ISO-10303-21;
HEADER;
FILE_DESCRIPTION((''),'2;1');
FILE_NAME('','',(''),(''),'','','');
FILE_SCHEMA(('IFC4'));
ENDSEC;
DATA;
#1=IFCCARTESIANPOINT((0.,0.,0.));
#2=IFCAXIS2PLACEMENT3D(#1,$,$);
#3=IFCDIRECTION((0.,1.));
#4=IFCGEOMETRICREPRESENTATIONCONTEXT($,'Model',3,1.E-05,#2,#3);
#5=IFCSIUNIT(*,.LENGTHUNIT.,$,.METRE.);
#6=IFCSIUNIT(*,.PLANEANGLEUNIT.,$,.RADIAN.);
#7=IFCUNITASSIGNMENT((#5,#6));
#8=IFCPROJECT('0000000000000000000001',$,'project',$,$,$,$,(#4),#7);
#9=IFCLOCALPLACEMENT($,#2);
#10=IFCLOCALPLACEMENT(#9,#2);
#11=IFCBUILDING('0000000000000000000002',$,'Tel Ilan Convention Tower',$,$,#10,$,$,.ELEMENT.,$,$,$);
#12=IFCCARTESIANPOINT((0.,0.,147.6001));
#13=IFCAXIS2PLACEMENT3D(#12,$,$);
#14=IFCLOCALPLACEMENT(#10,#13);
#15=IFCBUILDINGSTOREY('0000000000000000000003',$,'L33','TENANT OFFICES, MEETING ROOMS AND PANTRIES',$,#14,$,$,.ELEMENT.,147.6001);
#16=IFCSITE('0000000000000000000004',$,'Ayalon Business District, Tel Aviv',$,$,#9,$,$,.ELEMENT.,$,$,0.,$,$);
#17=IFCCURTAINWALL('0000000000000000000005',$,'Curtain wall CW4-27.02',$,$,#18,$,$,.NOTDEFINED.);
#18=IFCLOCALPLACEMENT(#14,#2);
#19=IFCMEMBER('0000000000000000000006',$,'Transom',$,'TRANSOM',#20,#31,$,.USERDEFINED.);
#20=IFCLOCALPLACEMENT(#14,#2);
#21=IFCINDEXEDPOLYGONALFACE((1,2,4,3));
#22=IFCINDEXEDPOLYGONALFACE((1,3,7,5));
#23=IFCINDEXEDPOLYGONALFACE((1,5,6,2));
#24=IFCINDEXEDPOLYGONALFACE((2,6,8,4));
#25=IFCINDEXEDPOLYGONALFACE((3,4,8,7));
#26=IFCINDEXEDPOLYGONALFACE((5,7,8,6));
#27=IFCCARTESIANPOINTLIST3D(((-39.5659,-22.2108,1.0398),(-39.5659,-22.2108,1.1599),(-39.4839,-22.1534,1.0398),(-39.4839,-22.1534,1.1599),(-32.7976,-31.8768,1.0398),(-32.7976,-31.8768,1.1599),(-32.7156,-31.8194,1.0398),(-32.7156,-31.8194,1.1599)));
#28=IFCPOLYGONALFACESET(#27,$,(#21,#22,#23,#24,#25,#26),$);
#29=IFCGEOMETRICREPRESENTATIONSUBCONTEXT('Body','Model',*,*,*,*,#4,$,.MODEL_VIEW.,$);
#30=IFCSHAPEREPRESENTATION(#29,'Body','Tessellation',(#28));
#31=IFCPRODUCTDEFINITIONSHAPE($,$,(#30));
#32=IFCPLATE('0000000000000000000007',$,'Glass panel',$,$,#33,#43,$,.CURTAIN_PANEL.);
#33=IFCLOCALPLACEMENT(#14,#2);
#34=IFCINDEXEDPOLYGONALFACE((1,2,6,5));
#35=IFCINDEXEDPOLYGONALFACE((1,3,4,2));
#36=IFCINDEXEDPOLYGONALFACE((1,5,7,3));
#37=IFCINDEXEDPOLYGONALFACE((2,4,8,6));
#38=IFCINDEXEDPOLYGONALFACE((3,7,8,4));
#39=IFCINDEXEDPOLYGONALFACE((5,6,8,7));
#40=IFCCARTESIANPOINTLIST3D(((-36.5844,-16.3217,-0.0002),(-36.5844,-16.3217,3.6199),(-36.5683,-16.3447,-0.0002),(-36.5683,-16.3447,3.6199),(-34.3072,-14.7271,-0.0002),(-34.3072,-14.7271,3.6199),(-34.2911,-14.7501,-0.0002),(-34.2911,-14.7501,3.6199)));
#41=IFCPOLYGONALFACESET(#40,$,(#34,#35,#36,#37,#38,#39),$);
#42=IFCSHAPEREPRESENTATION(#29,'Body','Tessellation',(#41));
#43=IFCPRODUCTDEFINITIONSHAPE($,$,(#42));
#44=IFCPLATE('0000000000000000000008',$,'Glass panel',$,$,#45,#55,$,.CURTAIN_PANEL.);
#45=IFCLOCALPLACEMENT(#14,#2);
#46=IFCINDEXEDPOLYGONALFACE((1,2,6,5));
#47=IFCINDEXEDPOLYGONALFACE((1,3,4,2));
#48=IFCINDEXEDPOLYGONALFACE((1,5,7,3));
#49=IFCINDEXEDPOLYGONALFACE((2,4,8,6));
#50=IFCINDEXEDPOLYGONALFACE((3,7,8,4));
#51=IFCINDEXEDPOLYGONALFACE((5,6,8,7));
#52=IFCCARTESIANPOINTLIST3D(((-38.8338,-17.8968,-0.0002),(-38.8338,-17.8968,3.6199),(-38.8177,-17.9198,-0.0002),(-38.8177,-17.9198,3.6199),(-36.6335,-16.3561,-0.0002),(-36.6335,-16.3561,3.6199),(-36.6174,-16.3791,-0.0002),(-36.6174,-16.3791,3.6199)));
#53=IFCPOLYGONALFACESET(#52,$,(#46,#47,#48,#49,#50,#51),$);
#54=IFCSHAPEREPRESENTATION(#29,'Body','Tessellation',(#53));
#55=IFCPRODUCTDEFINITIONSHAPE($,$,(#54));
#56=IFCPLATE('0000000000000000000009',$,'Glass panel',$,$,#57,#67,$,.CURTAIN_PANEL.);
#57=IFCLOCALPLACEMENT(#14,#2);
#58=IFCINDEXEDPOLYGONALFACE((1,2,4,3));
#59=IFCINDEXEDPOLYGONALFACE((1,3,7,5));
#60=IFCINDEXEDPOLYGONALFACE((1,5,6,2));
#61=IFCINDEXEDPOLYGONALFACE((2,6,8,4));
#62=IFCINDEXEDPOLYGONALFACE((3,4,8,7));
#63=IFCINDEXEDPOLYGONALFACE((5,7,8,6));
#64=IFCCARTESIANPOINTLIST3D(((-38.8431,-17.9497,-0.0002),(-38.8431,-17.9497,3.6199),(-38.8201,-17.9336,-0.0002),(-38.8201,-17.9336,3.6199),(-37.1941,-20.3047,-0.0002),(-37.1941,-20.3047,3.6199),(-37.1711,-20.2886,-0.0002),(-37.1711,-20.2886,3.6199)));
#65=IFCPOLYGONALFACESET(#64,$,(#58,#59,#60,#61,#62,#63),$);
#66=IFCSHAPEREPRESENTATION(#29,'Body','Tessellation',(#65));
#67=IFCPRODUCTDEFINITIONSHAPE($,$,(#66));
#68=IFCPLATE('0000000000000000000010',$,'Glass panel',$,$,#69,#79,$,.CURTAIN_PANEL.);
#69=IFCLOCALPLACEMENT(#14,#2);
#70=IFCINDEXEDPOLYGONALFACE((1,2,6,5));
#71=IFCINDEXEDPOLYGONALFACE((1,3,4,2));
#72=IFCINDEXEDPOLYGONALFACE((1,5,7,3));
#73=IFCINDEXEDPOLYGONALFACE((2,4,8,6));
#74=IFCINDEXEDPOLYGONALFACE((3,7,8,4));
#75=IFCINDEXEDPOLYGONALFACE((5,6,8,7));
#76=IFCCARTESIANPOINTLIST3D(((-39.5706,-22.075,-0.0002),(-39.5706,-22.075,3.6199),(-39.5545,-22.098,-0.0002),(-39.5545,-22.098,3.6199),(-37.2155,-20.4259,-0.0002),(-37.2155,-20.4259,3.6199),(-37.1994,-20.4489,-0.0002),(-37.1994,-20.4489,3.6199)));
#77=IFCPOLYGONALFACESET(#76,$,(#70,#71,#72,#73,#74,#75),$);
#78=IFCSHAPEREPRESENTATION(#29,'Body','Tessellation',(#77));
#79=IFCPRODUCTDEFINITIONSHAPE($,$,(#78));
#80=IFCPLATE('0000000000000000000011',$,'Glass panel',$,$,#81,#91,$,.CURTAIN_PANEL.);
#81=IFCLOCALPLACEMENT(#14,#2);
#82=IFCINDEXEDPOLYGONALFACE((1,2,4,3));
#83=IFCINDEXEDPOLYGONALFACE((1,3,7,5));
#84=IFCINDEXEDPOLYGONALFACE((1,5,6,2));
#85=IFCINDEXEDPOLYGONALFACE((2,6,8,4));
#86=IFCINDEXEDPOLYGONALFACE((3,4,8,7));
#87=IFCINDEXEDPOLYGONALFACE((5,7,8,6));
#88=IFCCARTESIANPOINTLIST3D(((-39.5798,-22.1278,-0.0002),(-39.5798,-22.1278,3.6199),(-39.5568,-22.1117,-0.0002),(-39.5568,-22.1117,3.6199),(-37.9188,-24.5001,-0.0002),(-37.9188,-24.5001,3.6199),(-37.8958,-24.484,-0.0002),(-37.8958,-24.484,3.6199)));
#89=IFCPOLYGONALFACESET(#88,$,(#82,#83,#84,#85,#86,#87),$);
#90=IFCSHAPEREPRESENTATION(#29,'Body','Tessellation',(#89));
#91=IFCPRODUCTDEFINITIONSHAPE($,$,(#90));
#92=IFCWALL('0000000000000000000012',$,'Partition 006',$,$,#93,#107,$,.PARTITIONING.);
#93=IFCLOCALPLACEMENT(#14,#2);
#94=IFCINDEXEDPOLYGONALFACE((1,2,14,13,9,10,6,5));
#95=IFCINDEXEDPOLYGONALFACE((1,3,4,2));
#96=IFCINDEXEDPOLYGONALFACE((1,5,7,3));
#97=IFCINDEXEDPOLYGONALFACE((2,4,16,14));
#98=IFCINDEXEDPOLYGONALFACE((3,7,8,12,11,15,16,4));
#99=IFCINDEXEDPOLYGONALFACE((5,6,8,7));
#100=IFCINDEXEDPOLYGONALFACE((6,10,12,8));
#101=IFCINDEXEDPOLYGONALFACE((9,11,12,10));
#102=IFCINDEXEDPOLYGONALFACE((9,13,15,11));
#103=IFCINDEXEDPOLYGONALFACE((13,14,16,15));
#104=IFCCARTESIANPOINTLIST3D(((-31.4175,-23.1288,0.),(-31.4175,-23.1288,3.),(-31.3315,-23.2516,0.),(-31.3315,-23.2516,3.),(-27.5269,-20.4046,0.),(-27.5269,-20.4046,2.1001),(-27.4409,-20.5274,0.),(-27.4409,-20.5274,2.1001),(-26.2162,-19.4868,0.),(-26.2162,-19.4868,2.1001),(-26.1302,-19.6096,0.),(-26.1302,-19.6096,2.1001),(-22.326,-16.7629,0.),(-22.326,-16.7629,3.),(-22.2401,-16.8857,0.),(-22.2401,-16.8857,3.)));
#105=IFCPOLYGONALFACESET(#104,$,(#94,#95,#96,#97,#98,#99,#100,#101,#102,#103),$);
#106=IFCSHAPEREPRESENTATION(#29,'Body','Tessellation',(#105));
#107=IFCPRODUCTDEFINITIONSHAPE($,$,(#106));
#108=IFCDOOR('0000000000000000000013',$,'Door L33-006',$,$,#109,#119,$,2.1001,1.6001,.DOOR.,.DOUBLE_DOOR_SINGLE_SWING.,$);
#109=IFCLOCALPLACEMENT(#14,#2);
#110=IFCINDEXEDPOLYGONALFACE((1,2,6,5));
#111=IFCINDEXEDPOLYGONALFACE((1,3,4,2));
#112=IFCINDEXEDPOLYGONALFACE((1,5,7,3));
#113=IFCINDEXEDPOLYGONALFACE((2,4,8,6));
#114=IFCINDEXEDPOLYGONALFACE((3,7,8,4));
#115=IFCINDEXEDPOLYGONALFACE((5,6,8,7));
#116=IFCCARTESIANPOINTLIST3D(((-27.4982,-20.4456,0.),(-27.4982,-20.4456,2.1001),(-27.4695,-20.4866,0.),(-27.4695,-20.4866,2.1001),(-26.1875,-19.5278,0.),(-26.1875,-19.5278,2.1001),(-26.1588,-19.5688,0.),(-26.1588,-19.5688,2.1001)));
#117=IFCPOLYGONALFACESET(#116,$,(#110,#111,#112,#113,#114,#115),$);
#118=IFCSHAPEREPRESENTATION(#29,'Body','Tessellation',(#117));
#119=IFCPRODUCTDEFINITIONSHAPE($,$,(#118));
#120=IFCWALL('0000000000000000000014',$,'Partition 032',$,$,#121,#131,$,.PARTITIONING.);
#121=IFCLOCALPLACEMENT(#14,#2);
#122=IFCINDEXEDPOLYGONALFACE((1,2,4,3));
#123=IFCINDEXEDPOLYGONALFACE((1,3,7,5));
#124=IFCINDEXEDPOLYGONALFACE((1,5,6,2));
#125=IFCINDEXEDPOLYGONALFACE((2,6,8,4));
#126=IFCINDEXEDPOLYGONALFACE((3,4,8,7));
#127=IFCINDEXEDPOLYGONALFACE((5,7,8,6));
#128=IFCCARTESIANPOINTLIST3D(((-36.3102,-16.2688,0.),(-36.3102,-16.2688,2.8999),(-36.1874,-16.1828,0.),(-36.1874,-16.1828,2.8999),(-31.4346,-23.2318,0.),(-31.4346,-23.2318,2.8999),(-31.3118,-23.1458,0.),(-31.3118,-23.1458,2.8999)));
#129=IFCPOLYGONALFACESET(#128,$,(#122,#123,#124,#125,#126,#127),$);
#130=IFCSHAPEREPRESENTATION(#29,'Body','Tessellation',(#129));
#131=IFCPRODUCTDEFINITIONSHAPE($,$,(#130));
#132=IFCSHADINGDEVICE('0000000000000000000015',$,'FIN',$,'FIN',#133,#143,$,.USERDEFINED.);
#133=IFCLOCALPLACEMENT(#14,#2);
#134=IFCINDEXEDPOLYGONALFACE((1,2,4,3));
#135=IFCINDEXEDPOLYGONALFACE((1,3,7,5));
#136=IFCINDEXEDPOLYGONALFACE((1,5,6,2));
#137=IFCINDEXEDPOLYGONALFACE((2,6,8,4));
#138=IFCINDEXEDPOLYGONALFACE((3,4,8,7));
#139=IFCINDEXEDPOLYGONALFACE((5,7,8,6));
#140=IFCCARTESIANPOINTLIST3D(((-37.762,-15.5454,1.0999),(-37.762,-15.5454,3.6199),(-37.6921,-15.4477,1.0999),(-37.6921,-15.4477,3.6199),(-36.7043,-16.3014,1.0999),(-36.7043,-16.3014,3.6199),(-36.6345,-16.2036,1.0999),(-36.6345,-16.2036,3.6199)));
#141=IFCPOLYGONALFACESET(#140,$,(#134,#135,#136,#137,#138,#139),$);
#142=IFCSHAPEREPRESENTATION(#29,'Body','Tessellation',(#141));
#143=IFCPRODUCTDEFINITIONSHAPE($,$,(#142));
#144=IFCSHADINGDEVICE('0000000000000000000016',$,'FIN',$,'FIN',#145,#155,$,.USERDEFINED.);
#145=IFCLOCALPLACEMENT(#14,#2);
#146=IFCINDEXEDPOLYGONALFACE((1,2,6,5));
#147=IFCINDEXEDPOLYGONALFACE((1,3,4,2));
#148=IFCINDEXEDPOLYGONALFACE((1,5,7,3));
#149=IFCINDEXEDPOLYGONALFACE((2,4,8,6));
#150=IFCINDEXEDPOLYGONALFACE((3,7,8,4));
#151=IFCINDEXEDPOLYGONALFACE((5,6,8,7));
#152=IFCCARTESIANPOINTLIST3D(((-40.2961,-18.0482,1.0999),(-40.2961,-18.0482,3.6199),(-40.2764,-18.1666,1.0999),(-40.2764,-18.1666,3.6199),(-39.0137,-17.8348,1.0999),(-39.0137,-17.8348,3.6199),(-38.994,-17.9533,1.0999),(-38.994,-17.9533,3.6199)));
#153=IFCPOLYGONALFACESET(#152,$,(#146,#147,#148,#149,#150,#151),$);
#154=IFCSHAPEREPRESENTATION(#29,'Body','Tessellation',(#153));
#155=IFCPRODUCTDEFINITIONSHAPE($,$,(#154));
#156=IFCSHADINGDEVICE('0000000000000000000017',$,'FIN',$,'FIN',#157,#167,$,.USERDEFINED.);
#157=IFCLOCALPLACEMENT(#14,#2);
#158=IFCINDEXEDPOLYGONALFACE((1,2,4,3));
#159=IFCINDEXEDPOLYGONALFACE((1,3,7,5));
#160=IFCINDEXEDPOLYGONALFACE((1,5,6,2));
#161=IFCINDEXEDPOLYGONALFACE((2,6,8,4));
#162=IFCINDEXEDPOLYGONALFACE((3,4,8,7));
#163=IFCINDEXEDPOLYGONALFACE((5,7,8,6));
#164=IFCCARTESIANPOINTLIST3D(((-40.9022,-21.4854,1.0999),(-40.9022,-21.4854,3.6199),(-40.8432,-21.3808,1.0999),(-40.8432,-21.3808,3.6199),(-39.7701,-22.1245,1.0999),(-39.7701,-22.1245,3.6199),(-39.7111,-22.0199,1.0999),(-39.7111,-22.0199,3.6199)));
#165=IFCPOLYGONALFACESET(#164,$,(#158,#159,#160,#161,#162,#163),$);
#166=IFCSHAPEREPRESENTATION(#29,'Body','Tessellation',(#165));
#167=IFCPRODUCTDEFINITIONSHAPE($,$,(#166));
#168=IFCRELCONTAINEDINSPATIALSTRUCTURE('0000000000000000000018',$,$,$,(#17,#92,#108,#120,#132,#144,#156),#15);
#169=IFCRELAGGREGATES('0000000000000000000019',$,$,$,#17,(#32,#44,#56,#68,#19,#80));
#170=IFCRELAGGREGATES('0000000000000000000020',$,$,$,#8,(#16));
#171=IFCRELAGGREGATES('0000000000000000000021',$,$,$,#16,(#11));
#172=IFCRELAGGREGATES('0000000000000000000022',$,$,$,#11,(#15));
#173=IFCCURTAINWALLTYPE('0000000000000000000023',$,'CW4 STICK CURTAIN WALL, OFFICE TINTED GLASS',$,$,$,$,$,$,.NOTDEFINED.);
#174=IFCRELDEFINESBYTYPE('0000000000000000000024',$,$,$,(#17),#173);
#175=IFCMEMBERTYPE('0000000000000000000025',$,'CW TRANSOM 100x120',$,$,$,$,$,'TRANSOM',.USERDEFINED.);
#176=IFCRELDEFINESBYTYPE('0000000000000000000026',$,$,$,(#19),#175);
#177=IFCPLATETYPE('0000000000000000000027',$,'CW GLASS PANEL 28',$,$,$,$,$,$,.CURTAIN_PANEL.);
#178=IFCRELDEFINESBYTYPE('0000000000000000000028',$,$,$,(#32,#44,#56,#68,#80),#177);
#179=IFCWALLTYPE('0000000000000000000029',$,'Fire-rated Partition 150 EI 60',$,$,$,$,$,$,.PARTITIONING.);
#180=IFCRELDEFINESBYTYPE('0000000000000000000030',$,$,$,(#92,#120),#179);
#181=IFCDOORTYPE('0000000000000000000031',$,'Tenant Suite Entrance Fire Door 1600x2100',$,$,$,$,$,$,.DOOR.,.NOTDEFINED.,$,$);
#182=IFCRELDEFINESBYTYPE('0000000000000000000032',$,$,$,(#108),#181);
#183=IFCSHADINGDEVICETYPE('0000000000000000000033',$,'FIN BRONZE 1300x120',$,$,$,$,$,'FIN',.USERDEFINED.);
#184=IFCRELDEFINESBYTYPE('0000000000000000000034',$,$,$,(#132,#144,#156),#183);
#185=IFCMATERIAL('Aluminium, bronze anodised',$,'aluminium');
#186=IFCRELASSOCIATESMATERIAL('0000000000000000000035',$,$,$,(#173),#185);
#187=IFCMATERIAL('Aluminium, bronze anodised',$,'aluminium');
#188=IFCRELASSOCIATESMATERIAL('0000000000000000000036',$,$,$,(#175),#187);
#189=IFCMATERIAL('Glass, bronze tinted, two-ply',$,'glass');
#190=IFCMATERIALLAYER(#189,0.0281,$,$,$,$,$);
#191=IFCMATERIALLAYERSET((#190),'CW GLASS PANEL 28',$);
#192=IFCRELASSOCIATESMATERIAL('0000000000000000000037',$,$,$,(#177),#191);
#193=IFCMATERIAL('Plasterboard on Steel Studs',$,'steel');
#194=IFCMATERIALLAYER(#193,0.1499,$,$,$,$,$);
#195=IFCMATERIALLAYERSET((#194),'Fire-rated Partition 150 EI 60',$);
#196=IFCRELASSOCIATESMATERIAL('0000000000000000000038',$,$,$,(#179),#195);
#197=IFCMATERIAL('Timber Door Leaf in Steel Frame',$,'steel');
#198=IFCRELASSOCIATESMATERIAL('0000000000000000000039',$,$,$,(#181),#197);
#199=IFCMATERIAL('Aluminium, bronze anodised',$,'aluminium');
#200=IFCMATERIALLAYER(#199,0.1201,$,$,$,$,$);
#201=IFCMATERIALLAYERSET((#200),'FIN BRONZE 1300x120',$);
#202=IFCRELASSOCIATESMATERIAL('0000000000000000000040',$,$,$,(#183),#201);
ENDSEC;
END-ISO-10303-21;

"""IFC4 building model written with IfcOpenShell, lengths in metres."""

from ifc_helpers import new_model, si_unit, direction, frame, frame_2d, origin, origin_2d, place, context, subcontext, project, spatial, rectangle, extrude, material, layer, layer_set, material_profile, profile_set, type_object, element, fill, aggregate, save


model = new_model("IFC4")

# Units and contexts
model_context = context("Model", 3, precision=1e-05, world=origin(), true_north=direction((0.0, 1.0)))
body_context = subcontext(model_context, "Body", "Model", "MODEL_VIEW")
ifc_project = project(units=[si_unit("LENGTHUNIT", "METRE"), si_unit("PLANEANGLEUNIT", "RADIAN")], contexts=[model_context])

# Site, building, storey
site_placement = place(None, origin())
site = spatial("IfcSite", under=ifc_project, at=site_placement, Name="Ayalon Business District, Tel Aviv", CompositionType="ELEMENT", RefElevation=0.0)
building_placement = place(site_placement, origin())
building = spatial("IfcBuilding", under=site, at=building_placement, Name="Tel Ilan Convention Tower", CompositionType="ELEMENT")
storey_placement = place(building_placement, frame((0.0, 0.0, 147.6001)))
storey = spatial("IfcBuildingStorey", under=building, at=storey_placement, Name="L33", Description="TENANT OFFICES, MEETING ROOMS AND PANTRIES", CompositionType="ELEMENT", Elevation=147.6001)

# Curtain wall, member, plates
ifc_material_1 = material(Name="Aluminium, bronze anodised", Category="aluminium")
curtain_wall_type = type_object("IfcCurtainWallType", Name="CW4 STICK CURTAIN WALL, OFFICE TINTED GLASS", PredefinedType="NOTDEFINED", material=ifc_material_1)
curtain_wall_placement = place(storey_placement, origin())
curtain_wall = element("IfcCurtainWall", 1, at=curtain_wall_placement, inside=storey, type_object=curtain_wall_type, Name="Curtain wall CW4-27.02", PredefinedType="NOTDEFINED")
ifc_material_2 = material(Name="Aluminium, bronze anodised", Category="aluminium")
ifc_material_profile_1 = material_profile(ifc_material_2, rectangle(XDim=0.1001, YDim=0.1201, at=origin_2d()), Name="CW TRANSOM 100x120")
ifc_profile_set_1 = profile_set([ifc_material_profile_1], Name="Aluminium, bronze anodised")
member_type_1 = type_object("IfcMemberType", Name="CW TRANSOM 100x120", ElementType="TRANSOM", PredefinedType="USERDEFINED", material=ifc_profile_set_1)
member_1_placement = place(storey_placement, frame((-39.5249, -22.1821, 1.0999), z_axis=(0.573582, -0.819148, 0.0), x_axis=(0.819148, 0.573582, 0.0)))
member_1 = element("IfcMember", 2, at=member_1_placement, type_object=member_type_1, Name="Transom", ObjectType="TRANSOM", PredefinedType="USERDEFINED", context=body_context, shape_type="SweptSolid", body=[
    extrude(rectangle(XDim=0.1001, YDim=0.1201, at=origin_2d()), origin(), (0.0, 0.0, 1.0), 11.8),
])
ifc_material_3 = material(Name="Glass, bronze tinted, two-ply", Category="glass")
ifc_layer_1 = layer(ifc_material_3, 0.0281)
ifc_layer_set_1 = layer_set([ifc_layer_1], Name="CW GLASS PANEL 28")
plate_type = type_object("IfcPlateType", Name="CW GLASS PANEL 28", PredefinedType="CURTAIN_PANEL", material=ifc_layer_set_1)
plate_1_placement = place(storey_placement, frame((-35.4377, -15.5359, -0.0002), z_axis=(0.0, 0.0, 1.0), x_axis=(-0.819152, -0.573576, 0.0)))
plate_1 = element("IfcPlate", 3, at=plate_1_placement, type_object=plate_type, Name="Glass panel", PredefinedType="CURTAIN_PANEL", context=body_context, shape_type="SweptSolid", body=[
    extrude(rectangle(XDim=2.78, YDim=0.0281, at=origin_2d()), origin(), (0.0, 0.0, 1.0), 3.6201),
])
plate_2_placement = place(storey_placement, frame((-37.7256, -17.1379, -0.0002), z_axis=(0.0, 0.0, 1.0), x_axis=(-0.819152, -0.573576, 0.0)))
plate_2 = element("IfcPlate", 4, at=plate_2_placement, type_object=plate_type, Name="Glass panel", PredefinedType="CURTAIN_PANEL", context=body_context, shape_type="SweptSolid", body=[
    extrude(rectangle(XDim=2.686, YDim=0.0281, at=origin_2d()), origin(), (0.0, 0.0, 1.0), 3.6201),
])
plate_3_placement = place(storey_placement, frame((-38.0071, -19.1191, -0.0002), z_axis=(0.0, 0.0, 1.0), x_axis=(0.573576, -0.819152, 0.0)))
plate_3 = element("IfcPlate", 5, at=plate_3_placement, type_object=plate_type, Name="Glass panel", PredefinedType="CURTAIN_PANEL", context=body_context, shape_type="SweptSolid", body=[
    extrude(rectangle(XDim=2.875, YDim=0.0281, at=origin_2d()), origin(), (0.0, 0.0, 1.0), 3.6201),
])
plate_4_placement = place(storey_placement, frame((-38.385, -21.262, -0.0002), z_axis=(0.0, 0.0, 1.0), x_axis=(-0.819152, -0.573576, 0.0)))
plate_4 = element("IfcPlate", 6, at=plate_4_placement, type_object=plate_type, Name="Glass panel", PredefinedType="CURTAIN_PANEL", context=body_context, shape_type="SweptSolid", body=[
    extrude(rectangle(XDim=2.875, YDim=0.0281, at=origin_2d()), origin(), (0.0, 0.0, 1.0), 3.6201),
])
plate_5_placement = place(storey_placement, frame((-38.7378, -23.3059, -0.0002), z_axis=(0.0, 0.0, 1.0), x_axis=(0.573576, -0.819152, 0.0)))
plate_5 = element("IfcPlate", 7, at=plate_5_placement, type_object=plate_type, Name="Glass panel", PredefinedType="CURTAIN_PANEL", context=body_context, shape_type="SweptSolid", body=[
    extrude(rectangle(XDim=2.896, YDim=0.0281, at=origin_2d()), origin(), (0.0, 0.0, 1.0), 3.6201),
])
aggregate(curtain_wall, [plate_1, plate_2, plate_3, plate_4, member_1, plate_5])

# Wall, opening, door
ifc_material_4 = material(Name="Plasterboard on Steel Studs", Category="steel")
ifc_layer_2 = layer(ifc_material_4, 0.1499)
ifc_layer_set_2 = layer_set([ifc_layer_2], Name="Fire-rated Partition 150 EI 60")
wall_type = type_object("IfcWallType", Name="Fire-rated Partition 150 EI 60", PredefinedType="PARTITIONING", material=ifc_layer_set_2)
wall_1_placement = place(storey_placement, frame((-31.3745, -23.1902, 0.0), z_axis=(0.0, 0.0, 1.0), x_axis=(0.819152, 0.573576, 0.0)))
wall_1 = element("IfcWall", 8, at=wall_1_placement, inside=storey, type_object=wall_type, Name="Partition 006", PredefinedType="PARTITIONING", context=body_context, shape_type="SweptSolid", body=[
    extrude(rectangle(XDim=11.0986, YDim=0.1499, at=frame_2d((5.5493, 0.0))), origin(), (0.0, 0.0, 1.0), 3.0),
])
opening_placement = place(wall_1_placement, frame((4.7495, 0.0, 0.0)))
opening = element("IfcOpeningElement", 9, at=opening_placement, cuts=wall_1, PredefinedType="OPENING", context=body_context, shape_type="SweptSolid", body=[
    extrude(rectangle(XDim=1.6001, YDim=2.1001, at=frame_2d((0.8, 1.05))), frame((0.0, 0.085, 0.0), z_axis=(0.0, -1.0, 0.0), x_axis=(1.0, 0.0, 0.0)), (0.0, 0.0, 1.0), 0.1699),
])
ifc_material_5 = material(Name="Timber Door Leaf in Steel Frame", Category="steel")
door_type = type_object("IfcDoorType", Name="Tenant Suite Entrance Fire Door 1600x2100", OperationType="NOTDEFINED", PredefinedType="DOOR", material=ifc_material_5)
door_placement = place(opening_placement, origin())
door = element("IfcDoor", 10, at=door_placement, inside=storey, type_object=door_type, Name="Door L33-006", OperationType="DOUBLE_DOOR_SINGLE_SWING", OverallHeight=2.1001, OverallWidth=1.6001, PredefinedType="DOOR", context=body_context, shape_type="SweptSolid", body=[
    extrude(rectangle(XDim=1.6001, YDim=2.1001, at=frame_2d((0.8, 1.05))), frame((0.0, 0.0249, 0.0), z_axis=(0.0, -1.0, 0.0), x_axis=(1.0, 0.0, 0.0)), (0.0, 0.0, 1.0), 0.05),
])
fill(opening, door)

# Wall
wall_2_placement = place(storey_placement, frame((-31.3733, -23.1887, 0.0), z_axis=(0.0, 0.0, 1.0), x_axis=(-0.573578, 0.819151, 0.0)))
element("IfcWall", 11, at=wall_2_placement, inside=storey, type_object=wall_type, Name="Partition 032", PredefinedType="PARTITIONING", context=body_context, shape_type="SweptSolid", body=[
    extrude(rectangle(XDim=8.5002, YDim=0.1499, at=frame_2d((4.25, 0.0))), origin(), (0.0, 0.0, 1.0), 2.8999),
])

# Shading devices
ifc_material_6 = material(Name="Aluminium, bronze anodised", Category="aluminium")
ifc_layer_3 = layer(ifc_material_6, 0.1201)
ifc_layer_set_3 = layer_set([ifc_layer_3], Name="FIN BRONZE 1300x120")
shading_device_type = type_object("IfcShadingDeviceType", Name="FIN BRONZE 1300x120", ElementType="FIN", PredefinedType="USERDEFINED", material=ifc_layer_set_3)
for number, where, z_axis, x_axis, name in (
    (12, (-37.1982, -15.8745, 1.0999), (0.0, 0.0, 1.0), (-0.813552, 0.581492, 0.0), "FIN"),
    (13, (-39.645, -18.0007, 1.0999), (0.0, 0.0, 1.0), (-0.986445, -0.164091, 0.0), "FIN"),
    (14, (-40.3066, -21.7527, 1.0999), (0.0, 0.0, 1.0), (-0.870833, 0.491579, 0.0), "FIN"),
):
    element("IfcShadingDevice", number, at=place(storey_placement, frame(where, z_axis=z_axis, x_axis=x_axis)), inside=storey, type_object=shading_device_type, Name=name, ObjectType="FIN", PredefinedType="USERDEFINED", context=body_context, shape_type="SweptSolid", body=[
        extrude(rectangle(XDim=1.3, YDim=0.1201, at=origin_2d()), origin(), (0.0, 0.0, 1.0), 2.52),
    ])

save(model, "model.ifc")
